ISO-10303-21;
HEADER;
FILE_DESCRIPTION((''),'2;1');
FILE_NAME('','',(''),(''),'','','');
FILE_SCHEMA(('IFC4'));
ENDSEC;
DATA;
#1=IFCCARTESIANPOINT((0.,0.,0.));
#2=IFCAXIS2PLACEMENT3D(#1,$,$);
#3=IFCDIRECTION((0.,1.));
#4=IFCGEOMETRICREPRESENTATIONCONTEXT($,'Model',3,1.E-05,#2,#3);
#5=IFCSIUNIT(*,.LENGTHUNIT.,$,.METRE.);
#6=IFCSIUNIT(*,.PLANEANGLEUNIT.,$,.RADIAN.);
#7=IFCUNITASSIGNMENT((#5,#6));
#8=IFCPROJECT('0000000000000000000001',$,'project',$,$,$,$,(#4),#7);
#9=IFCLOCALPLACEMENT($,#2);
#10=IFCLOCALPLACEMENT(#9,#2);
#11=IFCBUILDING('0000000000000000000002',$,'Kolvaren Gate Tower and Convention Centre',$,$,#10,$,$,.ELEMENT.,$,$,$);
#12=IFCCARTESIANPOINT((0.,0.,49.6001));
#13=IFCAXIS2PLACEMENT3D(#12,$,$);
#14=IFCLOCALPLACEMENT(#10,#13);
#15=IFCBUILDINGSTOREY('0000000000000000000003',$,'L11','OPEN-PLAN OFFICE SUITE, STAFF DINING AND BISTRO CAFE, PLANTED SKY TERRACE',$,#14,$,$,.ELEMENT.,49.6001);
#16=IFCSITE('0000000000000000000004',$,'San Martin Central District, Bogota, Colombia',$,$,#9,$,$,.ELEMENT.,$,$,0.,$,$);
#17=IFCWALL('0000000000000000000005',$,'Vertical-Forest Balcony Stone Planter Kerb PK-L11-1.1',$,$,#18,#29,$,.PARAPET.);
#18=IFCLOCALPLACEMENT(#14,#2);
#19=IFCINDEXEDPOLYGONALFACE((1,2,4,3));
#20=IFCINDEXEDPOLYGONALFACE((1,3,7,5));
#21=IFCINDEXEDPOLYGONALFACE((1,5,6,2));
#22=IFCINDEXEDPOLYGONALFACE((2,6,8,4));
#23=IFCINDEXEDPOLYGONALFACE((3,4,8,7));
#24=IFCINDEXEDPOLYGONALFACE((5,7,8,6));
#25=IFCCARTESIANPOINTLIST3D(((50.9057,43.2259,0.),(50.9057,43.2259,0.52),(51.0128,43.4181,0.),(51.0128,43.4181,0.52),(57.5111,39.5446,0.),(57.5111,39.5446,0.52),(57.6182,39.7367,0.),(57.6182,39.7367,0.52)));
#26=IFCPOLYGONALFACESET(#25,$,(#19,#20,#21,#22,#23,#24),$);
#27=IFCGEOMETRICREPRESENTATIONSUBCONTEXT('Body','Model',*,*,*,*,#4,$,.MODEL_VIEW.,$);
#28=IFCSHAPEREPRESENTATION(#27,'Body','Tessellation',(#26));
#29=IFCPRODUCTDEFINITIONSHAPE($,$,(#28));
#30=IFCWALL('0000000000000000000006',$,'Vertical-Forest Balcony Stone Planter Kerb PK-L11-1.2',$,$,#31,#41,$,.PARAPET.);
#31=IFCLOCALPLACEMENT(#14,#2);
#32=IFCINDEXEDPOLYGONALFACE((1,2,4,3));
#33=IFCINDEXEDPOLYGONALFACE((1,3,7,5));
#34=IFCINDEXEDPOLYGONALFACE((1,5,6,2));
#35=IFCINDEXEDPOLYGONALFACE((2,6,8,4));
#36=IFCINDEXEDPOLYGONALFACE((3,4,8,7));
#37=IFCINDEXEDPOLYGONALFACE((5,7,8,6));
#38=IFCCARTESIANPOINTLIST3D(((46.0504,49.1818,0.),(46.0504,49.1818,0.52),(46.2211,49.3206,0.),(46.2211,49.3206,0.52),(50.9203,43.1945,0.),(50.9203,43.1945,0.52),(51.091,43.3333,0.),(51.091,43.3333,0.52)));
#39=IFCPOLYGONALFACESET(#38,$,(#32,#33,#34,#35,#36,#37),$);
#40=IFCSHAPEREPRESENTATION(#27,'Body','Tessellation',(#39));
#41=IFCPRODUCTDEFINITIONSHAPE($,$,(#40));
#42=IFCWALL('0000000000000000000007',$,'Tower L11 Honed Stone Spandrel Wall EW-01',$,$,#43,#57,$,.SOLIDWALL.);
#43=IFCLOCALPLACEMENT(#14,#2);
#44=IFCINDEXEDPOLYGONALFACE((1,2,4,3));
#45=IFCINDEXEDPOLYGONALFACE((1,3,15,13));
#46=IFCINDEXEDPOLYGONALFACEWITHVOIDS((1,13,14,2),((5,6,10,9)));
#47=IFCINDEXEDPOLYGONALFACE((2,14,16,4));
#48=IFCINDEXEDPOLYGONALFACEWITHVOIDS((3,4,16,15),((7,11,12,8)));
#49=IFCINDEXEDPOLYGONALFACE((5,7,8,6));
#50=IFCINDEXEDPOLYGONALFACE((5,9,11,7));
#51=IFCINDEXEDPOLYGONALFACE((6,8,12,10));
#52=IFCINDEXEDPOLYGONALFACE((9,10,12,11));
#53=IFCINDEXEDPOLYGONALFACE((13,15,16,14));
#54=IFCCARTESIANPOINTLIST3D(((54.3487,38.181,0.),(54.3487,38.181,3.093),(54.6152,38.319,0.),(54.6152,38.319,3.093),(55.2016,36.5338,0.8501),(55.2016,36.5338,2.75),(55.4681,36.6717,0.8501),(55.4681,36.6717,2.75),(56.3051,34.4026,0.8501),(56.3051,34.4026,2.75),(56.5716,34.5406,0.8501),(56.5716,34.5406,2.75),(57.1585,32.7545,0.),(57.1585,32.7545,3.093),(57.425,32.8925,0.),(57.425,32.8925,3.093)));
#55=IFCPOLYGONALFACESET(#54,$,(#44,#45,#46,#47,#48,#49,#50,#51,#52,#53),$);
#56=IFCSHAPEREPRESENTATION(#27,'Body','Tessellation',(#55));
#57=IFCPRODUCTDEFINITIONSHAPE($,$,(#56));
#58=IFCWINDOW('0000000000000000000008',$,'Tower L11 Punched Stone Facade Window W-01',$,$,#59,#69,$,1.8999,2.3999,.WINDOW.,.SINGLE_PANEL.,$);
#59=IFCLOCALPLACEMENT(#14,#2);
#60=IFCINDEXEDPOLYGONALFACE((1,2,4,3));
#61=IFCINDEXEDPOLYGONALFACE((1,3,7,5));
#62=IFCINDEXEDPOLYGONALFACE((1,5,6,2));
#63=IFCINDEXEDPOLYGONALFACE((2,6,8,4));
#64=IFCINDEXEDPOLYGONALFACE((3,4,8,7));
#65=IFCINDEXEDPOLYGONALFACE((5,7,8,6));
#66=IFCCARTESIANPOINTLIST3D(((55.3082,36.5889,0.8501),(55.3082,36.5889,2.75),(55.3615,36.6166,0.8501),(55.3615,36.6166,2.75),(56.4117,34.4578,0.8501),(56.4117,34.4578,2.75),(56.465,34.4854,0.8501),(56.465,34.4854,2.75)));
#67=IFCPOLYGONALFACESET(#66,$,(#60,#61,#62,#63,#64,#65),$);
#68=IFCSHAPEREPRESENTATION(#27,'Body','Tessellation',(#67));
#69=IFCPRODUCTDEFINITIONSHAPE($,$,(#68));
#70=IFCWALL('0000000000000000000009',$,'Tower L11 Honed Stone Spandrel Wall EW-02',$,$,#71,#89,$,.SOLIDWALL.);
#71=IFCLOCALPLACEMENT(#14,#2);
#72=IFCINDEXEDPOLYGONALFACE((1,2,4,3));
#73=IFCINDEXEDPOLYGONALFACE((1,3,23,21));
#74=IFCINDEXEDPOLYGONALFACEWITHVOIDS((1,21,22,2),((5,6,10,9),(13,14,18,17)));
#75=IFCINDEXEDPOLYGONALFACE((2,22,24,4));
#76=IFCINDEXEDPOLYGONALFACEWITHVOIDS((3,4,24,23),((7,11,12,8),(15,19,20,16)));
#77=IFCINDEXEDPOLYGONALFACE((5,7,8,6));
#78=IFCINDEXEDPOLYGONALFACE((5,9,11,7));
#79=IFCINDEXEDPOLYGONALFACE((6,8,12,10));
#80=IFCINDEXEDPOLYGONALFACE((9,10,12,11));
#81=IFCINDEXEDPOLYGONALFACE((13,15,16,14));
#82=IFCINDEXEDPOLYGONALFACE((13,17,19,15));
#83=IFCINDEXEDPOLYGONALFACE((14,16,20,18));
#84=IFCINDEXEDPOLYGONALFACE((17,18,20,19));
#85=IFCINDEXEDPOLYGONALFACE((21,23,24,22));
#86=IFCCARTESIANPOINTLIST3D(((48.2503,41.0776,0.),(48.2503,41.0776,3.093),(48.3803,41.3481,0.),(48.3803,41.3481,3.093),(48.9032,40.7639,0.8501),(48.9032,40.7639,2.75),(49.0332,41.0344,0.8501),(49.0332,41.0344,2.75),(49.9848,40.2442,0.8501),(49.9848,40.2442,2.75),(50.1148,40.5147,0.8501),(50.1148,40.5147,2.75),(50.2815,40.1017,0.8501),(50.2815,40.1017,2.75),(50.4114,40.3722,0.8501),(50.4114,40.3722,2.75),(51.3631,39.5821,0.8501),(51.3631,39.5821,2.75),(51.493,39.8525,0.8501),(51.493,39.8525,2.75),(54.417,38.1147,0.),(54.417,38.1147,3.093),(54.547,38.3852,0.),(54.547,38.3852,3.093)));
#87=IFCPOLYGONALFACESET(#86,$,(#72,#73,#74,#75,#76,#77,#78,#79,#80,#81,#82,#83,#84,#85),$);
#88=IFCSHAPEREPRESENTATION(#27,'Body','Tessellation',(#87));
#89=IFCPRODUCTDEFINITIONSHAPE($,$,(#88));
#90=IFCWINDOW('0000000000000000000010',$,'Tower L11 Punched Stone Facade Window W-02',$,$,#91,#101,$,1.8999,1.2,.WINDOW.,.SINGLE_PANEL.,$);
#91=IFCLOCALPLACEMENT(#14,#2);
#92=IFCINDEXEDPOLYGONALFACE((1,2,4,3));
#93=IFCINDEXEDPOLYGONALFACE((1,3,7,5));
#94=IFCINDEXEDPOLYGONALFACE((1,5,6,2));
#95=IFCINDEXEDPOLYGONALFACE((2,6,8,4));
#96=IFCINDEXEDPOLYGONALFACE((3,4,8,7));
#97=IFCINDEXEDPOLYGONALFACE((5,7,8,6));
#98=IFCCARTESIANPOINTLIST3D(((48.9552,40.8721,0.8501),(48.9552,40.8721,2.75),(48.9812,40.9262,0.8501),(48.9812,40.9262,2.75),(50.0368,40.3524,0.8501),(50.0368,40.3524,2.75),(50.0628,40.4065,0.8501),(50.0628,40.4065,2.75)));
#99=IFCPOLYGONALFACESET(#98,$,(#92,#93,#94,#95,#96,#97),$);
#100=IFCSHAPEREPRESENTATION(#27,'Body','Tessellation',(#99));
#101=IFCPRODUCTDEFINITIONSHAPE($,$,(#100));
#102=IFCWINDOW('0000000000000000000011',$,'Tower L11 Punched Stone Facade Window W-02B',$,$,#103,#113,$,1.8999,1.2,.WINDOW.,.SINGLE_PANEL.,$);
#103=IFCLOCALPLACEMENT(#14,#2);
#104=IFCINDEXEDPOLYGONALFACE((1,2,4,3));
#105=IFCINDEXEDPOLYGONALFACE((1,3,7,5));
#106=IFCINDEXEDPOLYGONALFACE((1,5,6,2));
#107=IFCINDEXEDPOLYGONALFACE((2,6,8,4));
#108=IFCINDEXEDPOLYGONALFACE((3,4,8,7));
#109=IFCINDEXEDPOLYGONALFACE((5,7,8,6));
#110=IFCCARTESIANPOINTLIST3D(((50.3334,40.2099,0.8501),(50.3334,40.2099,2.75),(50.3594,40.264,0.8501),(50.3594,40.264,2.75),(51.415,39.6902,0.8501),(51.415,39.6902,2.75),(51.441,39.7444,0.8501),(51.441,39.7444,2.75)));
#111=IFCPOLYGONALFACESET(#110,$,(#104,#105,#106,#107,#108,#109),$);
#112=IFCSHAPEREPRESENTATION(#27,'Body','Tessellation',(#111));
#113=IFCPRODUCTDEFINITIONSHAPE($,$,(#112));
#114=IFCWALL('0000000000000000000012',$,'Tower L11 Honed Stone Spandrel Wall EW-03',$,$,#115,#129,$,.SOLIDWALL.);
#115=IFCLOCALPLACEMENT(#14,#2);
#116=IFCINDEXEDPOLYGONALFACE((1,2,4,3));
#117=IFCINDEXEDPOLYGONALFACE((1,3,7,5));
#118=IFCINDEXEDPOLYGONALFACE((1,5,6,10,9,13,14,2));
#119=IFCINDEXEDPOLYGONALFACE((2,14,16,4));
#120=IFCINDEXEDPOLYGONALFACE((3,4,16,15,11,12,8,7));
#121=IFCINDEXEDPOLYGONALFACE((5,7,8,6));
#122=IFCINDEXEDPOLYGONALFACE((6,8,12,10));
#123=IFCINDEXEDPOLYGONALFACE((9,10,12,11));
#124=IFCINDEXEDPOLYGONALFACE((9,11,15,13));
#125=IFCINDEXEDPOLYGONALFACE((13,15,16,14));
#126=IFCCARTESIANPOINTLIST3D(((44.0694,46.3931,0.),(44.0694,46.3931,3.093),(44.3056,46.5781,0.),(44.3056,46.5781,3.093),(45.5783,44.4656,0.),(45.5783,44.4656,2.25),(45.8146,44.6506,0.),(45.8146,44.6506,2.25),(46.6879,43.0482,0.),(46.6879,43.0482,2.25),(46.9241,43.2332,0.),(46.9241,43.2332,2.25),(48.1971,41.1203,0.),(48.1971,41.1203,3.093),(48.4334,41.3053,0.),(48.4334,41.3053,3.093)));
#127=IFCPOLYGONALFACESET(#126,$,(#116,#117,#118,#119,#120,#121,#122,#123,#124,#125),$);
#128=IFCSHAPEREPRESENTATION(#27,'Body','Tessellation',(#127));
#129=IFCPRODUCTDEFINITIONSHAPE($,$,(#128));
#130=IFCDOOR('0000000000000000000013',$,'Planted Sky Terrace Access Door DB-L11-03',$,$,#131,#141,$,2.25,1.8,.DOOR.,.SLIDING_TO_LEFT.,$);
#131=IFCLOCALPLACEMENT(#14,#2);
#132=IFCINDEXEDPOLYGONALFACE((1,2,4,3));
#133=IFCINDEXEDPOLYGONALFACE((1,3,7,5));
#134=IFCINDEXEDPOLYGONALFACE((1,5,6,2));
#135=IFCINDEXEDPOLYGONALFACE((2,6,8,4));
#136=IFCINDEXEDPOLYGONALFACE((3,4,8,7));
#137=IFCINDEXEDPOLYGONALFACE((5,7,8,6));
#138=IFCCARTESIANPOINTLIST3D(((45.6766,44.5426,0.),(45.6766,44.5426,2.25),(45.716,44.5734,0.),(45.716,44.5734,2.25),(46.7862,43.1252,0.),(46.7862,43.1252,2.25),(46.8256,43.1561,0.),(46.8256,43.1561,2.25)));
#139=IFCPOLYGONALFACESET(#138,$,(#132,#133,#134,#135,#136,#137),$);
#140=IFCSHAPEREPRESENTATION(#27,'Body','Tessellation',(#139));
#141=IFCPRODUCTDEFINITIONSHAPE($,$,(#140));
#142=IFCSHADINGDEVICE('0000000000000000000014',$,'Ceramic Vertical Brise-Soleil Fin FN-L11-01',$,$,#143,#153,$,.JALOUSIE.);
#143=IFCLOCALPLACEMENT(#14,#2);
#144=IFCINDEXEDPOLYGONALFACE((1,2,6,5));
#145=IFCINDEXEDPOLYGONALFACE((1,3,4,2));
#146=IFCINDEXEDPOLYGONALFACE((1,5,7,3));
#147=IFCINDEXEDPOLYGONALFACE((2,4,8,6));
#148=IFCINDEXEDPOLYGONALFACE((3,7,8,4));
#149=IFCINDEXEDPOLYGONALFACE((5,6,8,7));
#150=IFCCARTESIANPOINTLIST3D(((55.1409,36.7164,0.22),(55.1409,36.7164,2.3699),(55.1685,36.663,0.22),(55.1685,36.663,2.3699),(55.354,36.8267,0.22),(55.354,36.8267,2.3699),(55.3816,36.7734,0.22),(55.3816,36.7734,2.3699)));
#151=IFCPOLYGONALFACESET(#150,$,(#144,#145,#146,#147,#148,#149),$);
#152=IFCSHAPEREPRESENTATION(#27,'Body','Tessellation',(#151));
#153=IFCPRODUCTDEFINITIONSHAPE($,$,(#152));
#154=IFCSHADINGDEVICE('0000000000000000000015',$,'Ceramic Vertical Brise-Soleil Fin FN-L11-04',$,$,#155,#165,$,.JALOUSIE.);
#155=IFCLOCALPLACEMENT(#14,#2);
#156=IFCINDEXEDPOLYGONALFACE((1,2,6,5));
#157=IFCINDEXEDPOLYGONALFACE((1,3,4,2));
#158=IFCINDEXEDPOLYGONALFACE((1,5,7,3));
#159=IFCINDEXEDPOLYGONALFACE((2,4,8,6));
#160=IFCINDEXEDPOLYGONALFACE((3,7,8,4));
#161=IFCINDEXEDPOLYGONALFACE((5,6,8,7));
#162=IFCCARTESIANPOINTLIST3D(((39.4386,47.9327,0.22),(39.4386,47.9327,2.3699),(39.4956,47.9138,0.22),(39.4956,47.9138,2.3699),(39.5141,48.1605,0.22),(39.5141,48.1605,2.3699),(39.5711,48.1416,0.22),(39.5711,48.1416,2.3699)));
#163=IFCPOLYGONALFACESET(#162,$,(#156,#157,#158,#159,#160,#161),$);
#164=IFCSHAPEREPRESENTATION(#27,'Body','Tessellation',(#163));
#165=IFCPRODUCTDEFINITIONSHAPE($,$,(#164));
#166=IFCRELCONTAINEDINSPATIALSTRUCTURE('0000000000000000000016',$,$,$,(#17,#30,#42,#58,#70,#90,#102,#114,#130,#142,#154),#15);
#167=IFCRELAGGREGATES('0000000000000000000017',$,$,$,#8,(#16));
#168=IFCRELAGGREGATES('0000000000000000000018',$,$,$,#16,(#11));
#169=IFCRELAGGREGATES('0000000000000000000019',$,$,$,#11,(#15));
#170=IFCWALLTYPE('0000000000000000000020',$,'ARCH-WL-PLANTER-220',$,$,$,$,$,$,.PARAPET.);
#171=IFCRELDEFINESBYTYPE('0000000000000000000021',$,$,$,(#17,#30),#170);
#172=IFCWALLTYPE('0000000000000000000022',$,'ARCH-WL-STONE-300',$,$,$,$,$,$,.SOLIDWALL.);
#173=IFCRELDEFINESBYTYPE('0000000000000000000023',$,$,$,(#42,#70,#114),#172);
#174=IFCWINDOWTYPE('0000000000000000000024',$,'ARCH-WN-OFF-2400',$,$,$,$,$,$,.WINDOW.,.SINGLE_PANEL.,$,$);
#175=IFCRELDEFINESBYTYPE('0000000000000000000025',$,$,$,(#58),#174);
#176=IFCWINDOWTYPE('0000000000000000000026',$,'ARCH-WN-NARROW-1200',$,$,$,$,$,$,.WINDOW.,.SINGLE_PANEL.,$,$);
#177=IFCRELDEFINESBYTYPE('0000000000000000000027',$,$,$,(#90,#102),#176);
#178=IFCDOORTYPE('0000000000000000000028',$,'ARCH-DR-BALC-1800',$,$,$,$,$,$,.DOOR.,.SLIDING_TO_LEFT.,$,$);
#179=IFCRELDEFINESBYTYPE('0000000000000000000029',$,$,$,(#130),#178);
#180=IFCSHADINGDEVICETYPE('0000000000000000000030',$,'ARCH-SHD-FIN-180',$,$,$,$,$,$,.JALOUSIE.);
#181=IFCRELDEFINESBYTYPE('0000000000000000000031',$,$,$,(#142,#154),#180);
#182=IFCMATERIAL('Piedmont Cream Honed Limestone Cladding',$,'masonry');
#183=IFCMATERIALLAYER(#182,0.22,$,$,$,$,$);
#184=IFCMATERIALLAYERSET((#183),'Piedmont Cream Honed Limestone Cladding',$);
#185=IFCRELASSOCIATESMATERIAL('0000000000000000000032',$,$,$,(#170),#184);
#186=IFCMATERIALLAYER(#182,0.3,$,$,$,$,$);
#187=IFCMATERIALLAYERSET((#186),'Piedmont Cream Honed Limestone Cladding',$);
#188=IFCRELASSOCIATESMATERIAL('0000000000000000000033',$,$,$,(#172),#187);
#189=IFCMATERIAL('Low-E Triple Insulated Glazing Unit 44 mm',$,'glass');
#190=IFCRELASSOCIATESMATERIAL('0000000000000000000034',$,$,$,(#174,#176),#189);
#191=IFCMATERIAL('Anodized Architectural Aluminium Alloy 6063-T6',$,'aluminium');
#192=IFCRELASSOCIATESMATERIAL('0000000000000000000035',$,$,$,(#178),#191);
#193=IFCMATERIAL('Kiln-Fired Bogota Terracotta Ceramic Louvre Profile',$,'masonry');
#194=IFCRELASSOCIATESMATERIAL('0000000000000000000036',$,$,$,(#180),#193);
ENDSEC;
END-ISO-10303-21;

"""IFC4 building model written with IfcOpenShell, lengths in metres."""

from ifc_helpers import new_model, si_unit, direction, frame, frame_2d, origin, origin_2d, place, context, subcontext, project, spatial, rectangle, extrude, material, layer, layer_set, type_object, element, fill, save


model = new_model("IFC4")

# Units and contexts
model_context = context("Model", 3, precision=1e-05, world=origin(), true_north=direction((0.0, 1.0)))
body_context = subcontext(model_context, "Body", "Model", "MODEL_VIEW")
ifc_project = project(units=[si_unit("LENGTHUNIT", "METRE"), si_unit("PLANEANGLEUNIT", "RADIAN")], contexts=[model_context])

# Site, building, storey
site_placement = place(None, origin())
site = spatial("IfcSite", under=ifc_project, at=site_placement, Name="San Martin Central District, Bogota, Colombia", CompositionType="ELEMENT", RefElevation=0.0)
building_placement = place(site_placement, origin())
building = spatial("IfcBuilding", under=site, at=building_placement, Name="Kolvaren Gate Tower and Convention Centre", CompositionType="ELEMENT")
storey_placement = place(building_placement, frame((0.0, 0.0, 49.6001)))
storey = spatial("IfcBuildingStorey", under=building, at=storey_placement, Name="L11", Description="OPEN-PLAN OFFICE SUITE, STAFF DINING AND BISTRO CAFE, PLANTED SKY TERRACE", CompositionType="ELEMENT", Elevation=49.6001)

# Walls
ifc_material_1 = material(Name="Piedmont Cream Honed Limestone Cladding", Category="masonry")
ifc_layer_1 = layer(ifc_material_1, 0.22)
ifc_layer_set_1 = layer_set([ifc_layer_1], Name="Piedmont Cream Honed Limestone Cladding")
wall_type_1 = type_object("IfcWallType", Name="ARCH-WL-PLANTER-220", PredefinedType="PARAPET", material=ifc_layer_set_1)
wall_1_placement = place(storey_placement, frame((50.9592, 43.322, 0.0), z_axis=(0.0, 0.0, 1.0), x_axis=(0.8735, -0.486824, 0.0)))
element("IfcWall", 1, at=wall_1_placement, inside=storey, type_object=wall_type_1, Name="Vertical-Forest Balcony Stone Planter Kerb PK-L11-1.1", PredefinedType="PARAPET", context=body_context, shape_type="SweptSolid", body=[
    extrude(rectangle(XDim=7.562, YDim=0.22, at=frame_2d((3.781, 0.0))), origin(), (0.0, 0.0, 1.0), 0.52),
])
wall_2_placement = place(storey_placement, frame((46.1357, 49.2512, 0.0), z_axis=(0.0, 0.0, 1.0), x_axis=(0.630997, -0.775785, 0.0)))
element("IfcWall", 2, at=wall_2_placement, inside=storey, type_object=wall_type_1, Name="Vertical-Forest Balcony Stone Planter Kerb PK-L11-1.2", PredefinedType="PARAPET", context=body_context, shape_type="SweptSolid", body=[
    extrude(rectangle(XDim=7.7178, YDim=0.22, at=frame_2d((3.8589, 0.0))), origin(), (0.0, 0.0, 1.0), 0.52),
])

# Wall, opening, window
ifc_layer_2 = layer(ifc_material_1, 0.3)
ifc_layer_set_2 = layer_set([ifc_layer_2], Name="Piedmont Cream Honed Limestone Cladding")
wall_type_2 = type_object("IfcWallType", Name="ARCH-WL-STONE-300", PredefinedType="SOLIDWALL", material=ifc_layer_set_2)
wall_3_placement = place(storey_placement, frame((54.4819, 38.25, 0.0), z_axis=(0.0, 0.0, 1.0), x_axis=(0.45981, -0.888017, 0.0)))
wall_3 = element("IfcWall", 3, at=wall_3_placement, inside=storey, type_object=wall_type_2, Name="Tower L11 Honed Stone Spandrel Wall EW-01", PredefinedType="SOLIDWALL", context=body_context, shape_type="SweptSolid", body=[
    extrude(rectangle(XDim=6.1108, YDim=0.3, at=frame_2d((3.0554, 0.0))), origin(), (0.0, 0.0, 1.0), 3.093),
])
opening_1_placement = place(wall_3_placement, frame((1.855, 0.0, 0.8501)))
opening_1 = element("IfcOpeningElement", 4, at=opening_1_placement, cuts=wall_3, PredefinedType="OPENING", context=body_context, shape_type="SweptSolid", body=[
    extrude(rectangle(XDim=2.3999, YDim=1.8999, at=frame_2d((1.2, 0.95))), frame((0.0, 0.1599, 0.0), z_axis=(0.0, -1.0, 0.0), x_axis=(1.0, 0.0, 0.0)), (0.0, 0.0, 1.0), 0.3201),
])
ifc_material_2 = material(Name="Low-E Triple Insulated Glazing Unit 44 mm", Category="glass")
window_type_1 = type_object("IfcWindowType", Name="ARCH-WN-OFF-2400", PartitioningType="SINGLE_PANEL", PredefinedType="WINDOW", material=ifc_material_2)
window_1_placement = place(opening_1_placement, origin())
window_1 = element("IfcWindow", 5, at=window_1_placement, inside=storey, type_object=window_type_1, Name="Tower L11 Punched Stone Facade Window W-01", OverallHeight=1.8999, OverallWidth=2.3999, PartitioningType="SINGLE_PANEL", PredefinedType="WINDOW", context=body_context, shape_type="SweptSolid", body=[
    extrude(rectangle(XDim=2.3999, YDim=1.8999, at=frame_2d((1.2, 0.95))), frame((0.0, 0.03, 0.0), z_axis=(0.0, -1.0, 0.0), x_axis=(1.0, 0.0, 0.0)), (0.0, 0.0, 1.0), 0.0601),
])
fill(opening_1, window_1)

# Wall, openings, windows
wall_4_placement = place(storey_placement, frame((48.3152, 41.2129, 0.0), z_axis=(0.0, 0.0, 1.0), x_axis=(0.90136, -0.43307, 0.0)))
wall_4 = element("IfcWall", 6, at=wall_4_placement, inside=storey, type_object=wall_type_2, Name="Tower L11 Honed Stone Spandrel Wall EW-02", PredefinedType="SOLIDWALL", context=body_context, shape_type="SweptSolid", body=[
    extrude(rectangle(XDim=6.8416, YDim=0.3, at=frame_2d((3.4209, 0.0))), origin(), (0.0, 0.0, 1.0), 3.093),
])
opening_2_placement = place(wall_4_placement, frame((0.7244, 0.0, 0.8501)))
opening_2 = element("IfcOpeningElement", 7, at=opening_2_placement, cuts=wall_4, PredefinedType="OPENING", context=body_context, shape_type="SweptSolid", body=[
    extrude(rectangle(XDim=1.2, YDim=1.8999, at=frame_2d((0.6001, 0.95))), frame((0.0, 0.1599, 0.0), z_axis=(0.0, -1.0, 0.0), x_axis=(1.0, 0.0, 0.0)), (0.0, 0.0, 1.0), 0.3201),
])
opening_3_placement = place(wall_4_placement, frame((2.2534, 0.0, 0.8501)))
opening_3 = element("IfcOpeningElement", 8, at=opening_3_placement, cuts=wall_4, PredefinedType="OPENING", context=body_context, shape_type="SweptSolid", body=[
    extrude(rectangle(XDim=1.2, YDim=1.8999, at=frame_2d((0.6001, 0.95))), frame((0.0, 0.1599, 0.0), z_axis=(0.0, -1.0, 0.0), x_axis=(1.0, 0.0, 0.0)), (0.0, 0.0, 1.0), 0.3201),
])
window_type_2 = type_object("IfcWindowType", Name="ARCH-WN-NARROW-1200", PartitioningType="SINGLE_PANEL", PredefinedType="WINDOW", material=ifc_material_2)
window_2_placement = place(opening_2_placement, origin())
window_2 = element("IfcWindow", 9, at=window_2_placement, inside=storey, type_object=window_type_2, Name="Tower L11 Punched Stone Facade Window W-02", OverallHeight=1.8999, OverallWidth=1.2, PartitioningType="SINGLE_PANEL", PredefinedType="WINDOW", context=body_context, shape_type="SweptSolid", body=[
    extrude(rectangle(XDim=1.2, YDim=1.8999, at=frame_2d((0.6001, 0.95))), frame((0.0, 0.03, 0.0), z_axis=(0.0, -1.0, 0.0), x_axis=(1.0, 0.0, 0.0)), (0.0, 0.0, 1.0), 0.0601),
])
fill(opening_2, window_2)
window_3_placement = place(opening_3_placement, origin())
window_3 = element("IfcWindow", 10, at=window_3_placement, inside=storey, type_object=window_type_2, Name="Tower L11 Punched Stone Facade Window W-02B", OverallHeight=1.8999, OverallWidth=1.2, PartitioningType="SINGLE_PANEL", PredefinedType="WINDOW", context=body_context, shape_type="SweptSolid", body=[
    extrude(rectangle(XDim=1.2, YDim=1.8999, at=frame_2d((0.6001, 0.95))), frame((0.0, 0.03, 0.0), z_axis=(0.0, -1.0, 0.0), x_axis=(1.0, 0.0, 0.0)), (0.0, 0.0, 1.0), 0.0601),
])
fill(opening_3, window_3)

# Wall, opening, door
wall_5_placement = place(storey_placement, frame((44.1875, 46.4856, 0.0), z_axis=(0.0, 0.0, 1.0), x_axis=(0.616421, -0.787417, 0.0)))
wall_5 = element("IfcWall", 11, at=wall_5_placement, inside=storey, type_object=wall_type_2, Name="Tower L11 Honed Stone Spandrel Wall EW-03", PredefinedType="SOLIDWALL", context=body_context, shape_type="SweptSolid", body=[
    extrude(rectangle(XDim=6.6963, YDim=0.3, at=frame_2d((3.3481, 0.0))), origin(), (0.0, 0.0, 1.0), 3.093),
])
opening_4_placement = place(wall_5_placement, frame((2.448, 0.0, 0.0)))
opening_4 = element("IfcOpeningElement", 12, at=opening_4_placement, cuts=wall_5, PredefinedType="OPENING", context=body_context, shape_type="SweptSolid", body=[
    extrude(rectangle(XDim=1.8, YDim=2.25, at=frame_2d((0.8999, 1.125))), frame((0.0, 0.1599, 0.0), z_axis=(0.0, -1.0, 0.0), x_axis=(1.0, 0.0, 0.0)), (0.0, 0.0, 1.0), 0.3201),
])
ifc_material_3 = material(Name="Anodized Architectural Aluminium Alloy 6063-T6", Category="aluminium")
door_type = type_object("IfcDoorType", Name="ARCH-DR-BALC-1800", OperationType="SLIDING_TO_LEFT", PredefinedType="DOOR", material=ifc_material_3)
door_placement = place(opening_4_placement, origin())
door = element("IfcDoor", 13, at=door_placement, inside=storey, type_object=door_type, Name="Planted Sky Terrace Access Door DB-L11-03", OperationType="SLIDING_TO_LEFT", OverallHeight=2.25, OverallWidth=1.8, PredefinedType="DOOR", context=body_context, shape_type="SweptSolid", body=[
    extrude(rectangle(XDim=1.8, YDim=2.25, at=frame_2d((0.8999, 1.125))), frame((0.0, 0.0249, 0.0), z_axis=(0.0, -1.0, 0.0), x_axis=(1.0, 0.0, 0.0)), (0.0, 0.0, 1.0), 0.05),
])
fill(opening_4, door)

# Shading devices
ifc_material_4 = material(Name="Kiln-Fired Bogota Terracotta Ceramic Louvre Profile", Category="masonry")
shading_device_type = type_object("IfcShadingDeviceType", Name="ARCH-SHD-FIN-180", PredefinedType="JALOUSIE", material=ifc_material_4)
for number, where, z_axis, x_axis, name in (
    (14, (55.2612, 36.7449, 0.22), (0.0, 0.0, 1.0), (0.459789, -0.888028, 0.0), "Ceramic Vertical Brise-Soleil Fin FN-L11-01"),
    (15, (39.5049, 48.0371, 0.22), (0.0, 0.0, 1.0), (0.949243, -0.314544, 0.0), "Ceramic Vertical Brise-Soleil Fin FN-L11-04"),
):
    element("IfcShadingDevice", number, at=place(storey_placement, frame(where, z_axis=z_axis, x_axis=x_axis)), inside=storey, type_object=shading_device_type, Name=name, PredefinedType="JALOUSIE", context=body_context, shape_type="SweptSolid", body=[
        extrude(rectangle(XDim=0.0601, YDim=0.24, at=origin_2d()), origin(), (0.0, 0.0, 1.0), 2.1499),
    ])

save(model, "model.ifc")
